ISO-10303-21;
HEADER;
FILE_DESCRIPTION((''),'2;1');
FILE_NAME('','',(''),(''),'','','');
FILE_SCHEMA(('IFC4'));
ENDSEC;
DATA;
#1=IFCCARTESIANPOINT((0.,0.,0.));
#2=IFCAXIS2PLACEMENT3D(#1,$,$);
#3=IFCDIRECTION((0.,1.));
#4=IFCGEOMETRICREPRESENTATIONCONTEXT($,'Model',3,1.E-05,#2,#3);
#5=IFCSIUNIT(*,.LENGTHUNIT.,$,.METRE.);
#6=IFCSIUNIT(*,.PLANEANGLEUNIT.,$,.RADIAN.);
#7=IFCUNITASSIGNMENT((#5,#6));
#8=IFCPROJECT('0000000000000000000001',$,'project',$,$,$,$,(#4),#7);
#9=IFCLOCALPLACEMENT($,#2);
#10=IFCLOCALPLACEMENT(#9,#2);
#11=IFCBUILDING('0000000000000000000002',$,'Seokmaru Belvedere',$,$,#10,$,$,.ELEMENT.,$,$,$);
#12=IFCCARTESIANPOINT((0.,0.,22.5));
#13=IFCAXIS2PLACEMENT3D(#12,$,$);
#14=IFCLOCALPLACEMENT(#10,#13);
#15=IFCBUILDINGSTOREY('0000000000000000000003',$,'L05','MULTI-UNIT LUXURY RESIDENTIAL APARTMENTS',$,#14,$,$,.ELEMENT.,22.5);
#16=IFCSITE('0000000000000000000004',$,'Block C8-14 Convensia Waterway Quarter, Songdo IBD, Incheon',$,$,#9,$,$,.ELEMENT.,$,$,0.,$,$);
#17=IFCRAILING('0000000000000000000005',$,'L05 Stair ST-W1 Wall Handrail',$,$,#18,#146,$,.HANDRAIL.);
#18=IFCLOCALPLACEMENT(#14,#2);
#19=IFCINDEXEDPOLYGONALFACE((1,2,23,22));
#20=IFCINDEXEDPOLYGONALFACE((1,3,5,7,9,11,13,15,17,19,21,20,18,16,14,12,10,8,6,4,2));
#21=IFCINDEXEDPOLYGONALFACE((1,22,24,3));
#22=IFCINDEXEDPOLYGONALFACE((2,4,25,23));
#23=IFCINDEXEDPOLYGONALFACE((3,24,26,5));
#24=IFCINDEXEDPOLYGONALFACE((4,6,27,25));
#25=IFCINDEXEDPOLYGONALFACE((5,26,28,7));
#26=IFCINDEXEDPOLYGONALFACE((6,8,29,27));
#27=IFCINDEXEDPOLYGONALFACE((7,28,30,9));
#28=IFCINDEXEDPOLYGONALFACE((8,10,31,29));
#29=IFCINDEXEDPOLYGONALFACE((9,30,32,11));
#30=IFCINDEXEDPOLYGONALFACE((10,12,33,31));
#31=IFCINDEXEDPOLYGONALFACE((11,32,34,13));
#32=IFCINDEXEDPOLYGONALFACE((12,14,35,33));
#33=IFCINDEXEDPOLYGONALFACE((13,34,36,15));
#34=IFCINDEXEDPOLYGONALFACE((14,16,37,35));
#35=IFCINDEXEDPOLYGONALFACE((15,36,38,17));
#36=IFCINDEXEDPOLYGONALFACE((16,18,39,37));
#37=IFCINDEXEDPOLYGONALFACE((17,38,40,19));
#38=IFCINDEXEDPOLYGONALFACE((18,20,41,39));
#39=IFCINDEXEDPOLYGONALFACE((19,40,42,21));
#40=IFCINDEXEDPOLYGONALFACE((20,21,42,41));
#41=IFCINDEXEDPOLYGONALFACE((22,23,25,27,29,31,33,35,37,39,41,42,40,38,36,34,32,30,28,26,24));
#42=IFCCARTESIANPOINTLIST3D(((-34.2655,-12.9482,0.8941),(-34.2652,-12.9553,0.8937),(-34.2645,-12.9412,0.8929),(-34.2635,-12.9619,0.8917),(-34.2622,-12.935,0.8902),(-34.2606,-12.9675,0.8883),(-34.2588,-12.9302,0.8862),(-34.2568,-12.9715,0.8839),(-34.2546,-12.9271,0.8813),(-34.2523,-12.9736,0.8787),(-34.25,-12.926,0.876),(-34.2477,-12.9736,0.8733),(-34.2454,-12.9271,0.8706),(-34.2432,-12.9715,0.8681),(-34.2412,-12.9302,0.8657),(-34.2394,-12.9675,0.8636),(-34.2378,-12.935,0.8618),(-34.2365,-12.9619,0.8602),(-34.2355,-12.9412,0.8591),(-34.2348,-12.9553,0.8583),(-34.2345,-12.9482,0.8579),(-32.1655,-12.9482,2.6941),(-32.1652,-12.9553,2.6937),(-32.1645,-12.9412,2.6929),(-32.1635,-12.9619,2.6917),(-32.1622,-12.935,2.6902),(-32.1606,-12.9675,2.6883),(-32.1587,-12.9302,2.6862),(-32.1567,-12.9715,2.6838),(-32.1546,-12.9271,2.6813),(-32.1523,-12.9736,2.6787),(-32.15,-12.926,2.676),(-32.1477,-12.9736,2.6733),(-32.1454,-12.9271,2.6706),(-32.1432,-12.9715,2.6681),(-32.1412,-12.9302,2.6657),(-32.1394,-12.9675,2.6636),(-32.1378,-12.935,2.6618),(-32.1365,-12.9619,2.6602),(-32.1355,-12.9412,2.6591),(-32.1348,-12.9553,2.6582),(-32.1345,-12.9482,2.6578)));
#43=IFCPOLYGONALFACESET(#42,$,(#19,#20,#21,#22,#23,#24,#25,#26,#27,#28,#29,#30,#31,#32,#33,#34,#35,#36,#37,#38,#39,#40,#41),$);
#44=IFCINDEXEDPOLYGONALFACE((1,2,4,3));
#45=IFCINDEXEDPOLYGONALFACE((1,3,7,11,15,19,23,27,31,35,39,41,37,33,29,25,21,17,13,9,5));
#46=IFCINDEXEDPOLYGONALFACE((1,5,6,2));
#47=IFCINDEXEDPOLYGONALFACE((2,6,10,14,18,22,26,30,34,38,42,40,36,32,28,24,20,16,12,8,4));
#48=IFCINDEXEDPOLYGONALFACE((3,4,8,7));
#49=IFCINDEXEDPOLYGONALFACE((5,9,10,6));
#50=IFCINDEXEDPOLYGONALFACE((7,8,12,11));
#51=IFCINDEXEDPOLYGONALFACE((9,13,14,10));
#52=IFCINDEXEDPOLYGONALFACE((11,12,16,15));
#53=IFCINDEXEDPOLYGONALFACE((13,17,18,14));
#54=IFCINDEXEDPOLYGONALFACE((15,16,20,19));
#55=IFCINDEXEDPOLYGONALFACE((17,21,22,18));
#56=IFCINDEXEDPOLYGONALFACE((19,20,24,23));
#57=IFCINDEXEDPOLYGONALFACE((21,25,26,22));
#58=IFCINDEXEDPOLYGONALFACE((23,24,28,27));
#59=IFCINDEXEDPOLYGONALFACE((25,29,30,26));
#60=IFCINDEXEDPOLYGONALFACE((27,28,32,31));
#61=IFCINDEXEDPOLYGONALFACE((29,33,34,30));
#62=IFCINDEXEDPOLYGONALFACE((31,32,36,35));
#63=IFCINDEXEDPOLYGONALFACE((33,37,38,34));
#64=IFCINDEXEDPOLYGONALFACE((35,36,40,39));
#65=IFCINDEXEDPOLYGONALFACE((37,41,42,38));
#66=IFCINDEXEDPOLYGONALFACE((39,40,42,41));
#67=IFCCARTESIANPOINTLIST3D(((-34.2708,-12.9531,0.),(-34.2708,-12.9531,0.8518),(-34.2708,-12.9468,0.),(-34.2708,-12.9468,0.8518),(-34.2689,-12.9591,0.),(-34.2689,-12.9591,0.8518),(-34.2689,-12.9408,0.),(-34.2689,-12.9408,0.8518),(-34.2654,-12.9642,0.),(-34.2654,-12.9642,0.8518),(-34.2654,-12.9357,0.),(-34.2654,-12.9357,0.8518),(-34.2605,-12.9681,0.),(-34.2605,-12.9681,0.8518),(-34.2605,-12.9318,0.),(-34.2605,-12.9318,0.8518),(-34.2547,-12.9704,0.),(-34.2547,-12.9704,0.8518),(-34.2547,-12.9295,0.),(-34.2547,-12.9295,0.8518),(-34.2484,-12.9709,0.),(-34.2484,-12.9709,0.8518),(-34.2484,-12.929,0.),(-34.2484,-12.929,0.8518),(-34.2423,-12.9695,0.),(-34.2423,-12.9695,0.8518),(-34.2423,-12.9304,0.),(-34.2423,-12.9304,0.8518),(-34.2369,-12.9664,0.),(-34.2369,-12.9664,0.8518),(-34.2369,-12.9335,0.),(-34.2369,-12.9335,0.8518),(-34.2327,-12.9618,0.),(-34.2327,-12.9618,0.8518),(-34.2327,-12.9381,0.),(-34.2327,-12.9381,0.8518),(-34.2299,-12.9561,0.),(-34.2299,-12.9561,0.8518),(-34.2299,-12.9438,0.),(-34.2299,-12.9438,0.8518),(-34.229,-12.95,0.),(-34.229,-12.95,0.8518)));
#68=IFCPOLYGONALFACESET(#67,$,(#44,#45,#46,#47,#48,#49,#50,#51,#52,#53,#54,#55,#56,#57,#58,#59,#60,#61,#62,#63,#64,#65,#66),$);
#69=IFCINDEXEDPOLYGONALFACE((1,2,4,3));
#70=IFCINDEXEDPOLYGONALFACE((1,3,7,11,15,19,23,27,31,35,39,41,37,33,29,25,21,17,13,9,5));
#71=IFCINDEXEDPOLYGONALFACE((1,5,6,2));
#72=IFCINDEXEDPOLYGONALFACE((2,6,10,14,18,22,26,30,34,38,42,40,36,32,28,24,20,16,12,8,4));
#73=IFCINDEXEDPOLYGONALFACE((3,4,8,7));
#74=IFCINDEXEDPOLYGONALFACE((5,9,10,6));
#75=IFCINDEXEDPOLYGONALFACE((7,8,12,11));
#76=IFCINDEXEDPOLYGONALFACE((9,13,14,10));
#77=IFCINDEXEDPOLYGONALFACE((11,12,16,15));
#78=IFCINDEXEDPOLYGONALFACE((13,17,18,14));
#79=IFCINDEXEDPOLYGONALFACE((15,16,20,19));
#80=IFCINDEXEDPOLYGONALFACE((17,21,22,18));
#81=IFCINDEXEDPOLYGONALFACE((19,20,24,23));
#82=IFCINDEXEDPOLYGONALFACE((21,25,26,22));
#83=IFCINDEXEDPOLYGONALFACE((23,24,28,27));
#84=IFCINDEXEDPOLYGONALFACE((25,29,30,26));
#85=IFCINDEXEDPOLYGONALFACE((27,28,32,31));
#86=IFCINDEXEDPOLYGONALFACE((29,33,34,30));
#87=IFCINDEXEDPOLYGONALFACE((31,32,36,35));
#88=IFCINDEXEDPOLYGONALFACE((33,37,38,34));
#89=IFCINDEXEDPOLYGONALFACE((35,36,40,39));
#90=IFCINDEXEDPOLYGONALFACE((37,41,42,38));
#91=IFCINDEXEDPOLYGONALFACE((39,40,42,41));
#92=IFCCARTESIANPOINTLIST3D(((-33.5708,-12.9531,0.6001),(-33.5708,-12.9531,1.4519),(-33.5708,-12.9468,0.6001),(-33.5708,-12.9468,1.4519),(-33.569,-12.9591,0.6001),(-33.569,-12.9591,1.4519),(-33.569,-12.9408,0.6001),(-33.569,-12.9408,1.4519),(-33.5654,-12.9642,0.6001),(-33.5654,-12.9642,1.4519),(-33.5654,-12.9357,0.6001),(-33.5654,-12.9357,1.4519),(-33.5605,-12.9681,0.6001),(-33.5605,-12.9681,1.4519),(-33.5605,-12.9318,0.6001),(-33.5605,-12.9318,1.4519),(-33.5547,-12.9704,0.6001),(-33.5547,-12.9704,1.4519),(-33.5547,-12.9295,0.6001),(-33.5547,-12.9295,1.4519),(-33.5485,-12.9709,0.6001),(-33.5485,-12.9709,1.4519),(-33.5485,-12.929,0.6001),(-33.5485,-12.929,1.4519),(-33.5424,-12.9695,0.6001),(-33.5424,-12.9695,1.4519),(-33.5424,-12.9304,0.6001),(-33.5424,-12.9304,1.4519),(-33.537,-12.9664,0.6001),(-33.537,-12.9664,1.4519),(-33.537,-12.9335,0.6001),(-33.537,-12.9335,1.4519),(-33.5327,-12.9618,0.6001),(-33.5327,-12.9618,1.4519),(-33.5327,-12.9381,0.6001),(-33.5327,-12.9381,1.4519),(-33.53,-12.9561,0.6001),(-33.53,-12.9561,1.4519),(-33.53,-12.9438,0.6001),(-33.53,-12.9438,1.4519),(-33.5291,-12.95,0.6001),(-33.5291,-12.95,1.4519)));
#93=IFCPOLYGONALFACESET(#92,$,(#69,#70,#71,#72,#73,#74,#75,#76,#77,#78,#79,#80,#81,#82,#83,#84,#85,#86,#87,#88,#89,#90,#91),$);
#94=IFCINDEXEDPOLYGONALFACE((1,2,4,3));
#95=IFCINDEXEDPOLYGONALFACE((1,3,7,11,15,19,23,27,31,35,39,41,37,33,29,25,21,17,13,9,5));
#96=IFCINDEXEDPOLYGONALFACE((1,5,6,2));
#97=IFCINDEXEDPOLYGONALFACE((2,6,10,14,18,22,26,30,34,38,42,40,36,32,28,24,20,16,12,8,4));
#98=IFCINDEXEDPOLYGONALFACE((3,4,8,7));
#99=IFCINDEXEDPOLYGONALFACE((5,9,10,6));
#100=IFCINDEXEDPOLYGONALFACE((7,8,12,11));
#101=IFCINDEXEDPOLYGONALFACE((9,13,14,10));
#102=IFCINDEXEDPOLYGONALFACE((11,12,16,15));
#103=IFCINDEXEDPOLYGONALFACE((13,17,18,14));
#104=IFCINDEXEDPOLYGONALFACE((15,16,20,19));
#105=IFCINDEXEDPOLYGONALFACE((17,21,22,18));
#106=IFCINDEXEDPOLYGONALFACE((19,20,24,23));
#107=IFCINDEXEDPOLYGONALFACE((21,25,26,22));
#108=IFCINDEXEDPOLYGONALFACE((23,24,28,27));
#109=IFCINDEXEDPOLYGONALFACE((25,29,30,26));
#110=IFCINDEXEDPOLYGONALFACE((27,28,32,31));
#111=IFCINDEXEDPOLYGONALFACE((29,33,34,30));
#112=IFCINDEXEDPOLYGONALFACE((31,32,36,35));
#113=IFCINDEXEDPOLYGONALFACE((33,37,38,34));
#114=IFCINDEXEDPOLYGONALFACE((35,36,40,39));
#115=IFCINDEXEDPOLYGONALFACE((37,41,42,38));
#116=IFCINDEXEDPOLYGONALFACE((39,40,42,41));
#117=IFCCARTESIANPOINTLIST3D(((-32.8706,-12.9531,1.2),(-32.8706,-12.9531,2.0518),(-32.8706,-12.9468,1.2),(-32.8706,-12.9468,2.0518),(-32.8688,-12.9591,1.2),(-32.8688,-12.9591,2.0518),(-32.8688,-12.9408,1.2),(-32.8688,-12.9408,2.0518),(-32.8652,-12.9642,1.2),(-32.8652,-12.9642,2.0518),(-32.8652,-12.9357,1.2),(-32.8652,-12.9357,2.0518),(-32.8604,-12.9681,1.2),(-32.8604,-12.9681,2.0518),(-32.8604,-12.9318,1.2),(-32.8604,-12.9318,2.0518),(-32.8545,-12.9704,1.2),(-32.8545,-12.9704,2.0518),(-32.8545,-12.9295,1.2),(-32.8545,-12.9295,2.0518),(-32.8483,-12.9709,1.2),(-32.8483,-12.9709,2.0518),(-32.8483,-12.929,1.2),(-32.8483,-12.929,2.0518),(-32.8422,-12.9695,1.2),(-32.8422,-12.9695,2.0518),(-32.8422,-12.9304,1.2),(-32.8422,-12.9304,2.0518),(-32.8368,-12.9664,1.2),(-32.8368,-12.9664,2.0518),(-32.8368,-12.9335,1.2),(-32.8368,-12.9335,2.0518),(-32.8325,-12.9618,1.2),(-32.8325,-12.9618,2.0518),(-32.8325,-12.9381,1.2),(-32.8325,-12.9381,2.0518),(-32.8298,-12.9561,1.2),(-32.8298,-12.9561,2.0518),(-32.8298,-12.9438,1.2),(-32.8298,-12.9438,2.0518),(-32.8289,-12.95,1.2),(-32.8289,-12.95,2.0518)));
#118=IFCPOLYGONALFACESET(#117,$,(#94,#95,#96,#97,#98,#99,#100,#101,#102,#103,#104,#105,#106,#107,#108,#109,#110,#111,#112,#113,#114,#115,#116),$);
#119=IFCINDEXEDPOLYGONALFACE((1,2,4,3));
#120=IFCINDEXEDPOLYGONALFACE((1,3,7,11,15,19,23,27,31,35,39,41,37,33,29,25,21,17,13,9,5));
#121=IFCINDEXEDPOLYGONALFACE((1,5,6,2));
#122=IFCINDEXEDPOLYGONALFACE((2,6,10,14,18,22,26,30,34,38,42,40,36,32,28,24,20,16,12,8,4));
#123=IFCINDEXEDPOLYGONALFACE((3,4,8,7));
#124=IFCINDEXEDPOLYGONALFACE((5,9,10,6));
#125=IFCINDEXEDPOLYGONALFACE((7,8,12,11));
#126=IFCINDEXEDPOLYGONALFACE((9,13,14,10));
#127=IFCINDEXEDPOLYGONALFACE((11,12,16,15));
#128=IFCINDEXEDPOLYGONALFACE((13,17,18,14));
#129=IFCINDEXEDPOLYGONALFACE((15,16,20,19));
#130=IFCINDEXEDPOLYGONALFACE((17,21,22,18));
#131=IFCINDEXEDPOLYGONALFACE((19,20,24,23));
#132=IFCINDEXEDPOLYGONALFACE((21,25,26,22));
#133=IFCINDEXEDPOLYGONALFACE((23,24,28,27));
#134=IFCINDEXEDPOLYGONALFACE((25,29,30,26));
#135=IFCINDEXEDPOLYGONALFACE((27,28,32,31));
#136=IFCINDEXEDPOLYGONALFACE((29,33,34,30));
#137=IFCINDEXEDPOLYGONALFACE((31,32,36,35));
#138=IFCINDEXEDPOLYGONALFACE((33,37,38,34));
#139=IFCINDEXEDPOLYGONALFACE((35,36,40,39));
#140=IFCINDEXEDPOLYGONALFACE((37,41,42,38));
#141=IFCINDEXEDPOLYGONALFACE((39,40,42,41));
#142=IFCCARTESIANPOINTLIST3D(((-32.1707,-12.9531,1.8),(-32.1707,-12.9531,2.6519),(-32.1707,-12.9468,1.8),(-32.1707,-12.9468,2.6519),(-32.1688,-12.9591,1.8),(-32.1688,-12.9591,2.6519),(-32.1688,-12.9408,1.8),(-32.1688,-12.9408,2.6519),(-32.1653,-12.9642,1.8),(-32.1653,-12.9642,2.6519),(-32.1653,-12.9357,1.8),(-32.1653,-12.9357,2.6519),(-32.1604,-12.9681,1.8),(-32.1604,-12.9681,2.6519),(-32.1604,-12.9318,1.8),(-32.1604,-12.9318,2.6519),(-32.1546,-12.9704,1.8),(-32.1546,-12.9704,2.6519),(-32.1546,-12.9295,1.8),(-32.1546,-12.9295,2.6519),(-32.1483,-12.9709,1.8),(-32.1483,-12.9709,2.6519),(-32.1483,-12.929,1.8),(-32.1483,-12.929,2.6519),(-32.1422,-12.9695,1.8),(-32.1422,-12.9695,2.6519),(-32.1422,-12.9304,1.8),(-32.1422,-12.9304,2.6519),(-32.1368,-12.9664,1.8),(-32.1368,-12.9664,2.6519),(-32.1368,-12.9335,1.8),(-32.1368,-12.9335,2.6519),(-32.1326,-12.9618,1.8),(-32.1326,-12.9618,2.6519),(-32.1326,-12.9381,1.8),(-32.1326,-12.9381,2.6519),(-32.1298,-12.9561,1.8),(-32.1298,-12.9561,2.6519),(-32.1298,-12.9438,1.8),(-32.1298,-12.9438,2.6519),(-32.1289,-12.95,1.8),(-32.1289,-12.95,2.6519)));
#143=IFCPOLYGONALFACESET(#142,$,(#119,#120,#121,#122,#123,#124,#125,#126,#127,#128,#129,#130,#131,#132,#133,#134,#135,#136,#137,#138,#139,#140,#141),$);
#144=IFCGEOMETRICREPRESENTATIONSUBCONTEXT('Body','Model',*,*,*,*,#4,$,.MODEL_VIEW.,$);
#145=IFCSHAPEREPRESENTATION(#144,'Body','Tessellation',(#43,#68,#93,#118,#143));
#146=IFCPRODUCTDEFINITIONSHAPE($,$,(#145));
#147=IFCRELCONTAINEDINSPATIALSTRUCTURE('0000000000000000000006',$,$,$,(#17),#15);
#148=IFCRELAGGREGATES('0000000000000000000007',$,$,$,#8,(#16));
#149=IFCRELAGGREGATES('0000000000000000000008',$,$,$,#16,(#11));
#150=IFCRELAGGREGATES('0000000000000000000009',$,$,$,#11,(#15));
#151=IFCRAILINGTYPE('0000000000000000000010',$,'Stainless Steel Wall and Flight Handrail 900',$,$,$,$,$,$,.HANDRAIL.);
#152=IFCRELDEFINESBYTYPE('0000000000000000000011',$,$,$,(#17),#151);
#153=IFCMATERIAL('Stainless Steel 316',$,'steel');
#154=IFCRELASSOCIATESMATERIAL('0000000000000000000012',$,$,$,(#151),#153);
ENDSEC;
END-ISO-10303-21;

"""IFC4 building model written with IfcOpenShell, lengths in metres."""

from ifc_helpers import new_model, si_unit, direction, frame, origin, origin_2d, place, context, subcontext, project, spatial, circle, extrude, material, type_object, element, save


model = new_model("IFC4")

# Units and contexts
model_context = context("Model", 3, precision=1e-05, world=origin(), true_north=direction((0.0, 1.0)))
body_context = subcontext(model_context, "Body", "Model", "MODEL_VIEW")
ifc_project = project(units=[si_unit("LENGTHUNIT", "METRE"), si_unit("PLANEANGLEUNIT", "RADIAN")], contexts=[model_context])

# Site, building, storey
site_placement = place(None, origin())
site = spatial("IfcSite", under=ifc_project, at=site_placement, Name="Block C8-14 Convensia Waterway Quarter, Songdo IBD, Incheon", CompositionType="ELEMENT", RefElevation=0.0)
building_placement = place(site_placement, origin())
building = spatial("IfcBuilding", under=site, at=building_placement, Name="Seokmaru Belvedere", CompositionType="ELEMENT")
storey_placement = place(building_placement, frame((0.0, 0.0, 22.5)))
storey = spatial("IfcBuildingStorey", under=building, at=storey_placement, Name="L05", Description="MULTI-UNIT LUXURY RESIDENTIAL APARTMENTS", CompositionType="ELEMENT", Elevation=22.5)

# Railing
ifc_material_1 = material(Name="Stainless Steel 316", Category="steel")
railing_type_1 = type_object("IfcRailingType", Name="Stainless Steel Wall and Flight Handrail 900", PredefinedType="HANDRAIL", material=ifc_material_1)
railing_1_placement = place(storey_placement, frame((-34.25, -12.95, 0.0)))
element("IfcRailing", 1, at=railing_1_placement, inside=storey, type_object=railing_type_1, Name="L05 Stair ST-W1 Wall Handrail", PredefinedType="HANDRAIL", context=body_context, shape_type="SweptSolid", body=[
    extrude(circle(Radius=0.0239, at=origin_2d()), frame((0.0, 0.0, 0.876), z_axis=(0.759263, 0.0, 0.650784), x_axis=(0.0, 1.0, 0.0)), (0.0, 0.0, 1.0), 2.7659),
    extrude(circle(Radius=0.021, at=origin_2d()), origin(), (0.0, 0.0, 1.0), 0.8518),
    extrude(circle(Radius=0.021, at=origin_2d()), frame((0.7, 0.0, 0.6001)), (0.0, 0.0, 1.0), 0.8518),
    extrude(circle(Radius=0.021, at=origin_2d()), frame((1.4001, 0.0, 1.2)), (0.0, 0.0, 1.0), 0.8518),
    extrude(circle(Radius=0.021, at=origin_2d()), frame((2.1001, 0.0, 1.8)), (0.0, 0.0, 1.0), 0.8518),
])

save(model, "model.ifc")
